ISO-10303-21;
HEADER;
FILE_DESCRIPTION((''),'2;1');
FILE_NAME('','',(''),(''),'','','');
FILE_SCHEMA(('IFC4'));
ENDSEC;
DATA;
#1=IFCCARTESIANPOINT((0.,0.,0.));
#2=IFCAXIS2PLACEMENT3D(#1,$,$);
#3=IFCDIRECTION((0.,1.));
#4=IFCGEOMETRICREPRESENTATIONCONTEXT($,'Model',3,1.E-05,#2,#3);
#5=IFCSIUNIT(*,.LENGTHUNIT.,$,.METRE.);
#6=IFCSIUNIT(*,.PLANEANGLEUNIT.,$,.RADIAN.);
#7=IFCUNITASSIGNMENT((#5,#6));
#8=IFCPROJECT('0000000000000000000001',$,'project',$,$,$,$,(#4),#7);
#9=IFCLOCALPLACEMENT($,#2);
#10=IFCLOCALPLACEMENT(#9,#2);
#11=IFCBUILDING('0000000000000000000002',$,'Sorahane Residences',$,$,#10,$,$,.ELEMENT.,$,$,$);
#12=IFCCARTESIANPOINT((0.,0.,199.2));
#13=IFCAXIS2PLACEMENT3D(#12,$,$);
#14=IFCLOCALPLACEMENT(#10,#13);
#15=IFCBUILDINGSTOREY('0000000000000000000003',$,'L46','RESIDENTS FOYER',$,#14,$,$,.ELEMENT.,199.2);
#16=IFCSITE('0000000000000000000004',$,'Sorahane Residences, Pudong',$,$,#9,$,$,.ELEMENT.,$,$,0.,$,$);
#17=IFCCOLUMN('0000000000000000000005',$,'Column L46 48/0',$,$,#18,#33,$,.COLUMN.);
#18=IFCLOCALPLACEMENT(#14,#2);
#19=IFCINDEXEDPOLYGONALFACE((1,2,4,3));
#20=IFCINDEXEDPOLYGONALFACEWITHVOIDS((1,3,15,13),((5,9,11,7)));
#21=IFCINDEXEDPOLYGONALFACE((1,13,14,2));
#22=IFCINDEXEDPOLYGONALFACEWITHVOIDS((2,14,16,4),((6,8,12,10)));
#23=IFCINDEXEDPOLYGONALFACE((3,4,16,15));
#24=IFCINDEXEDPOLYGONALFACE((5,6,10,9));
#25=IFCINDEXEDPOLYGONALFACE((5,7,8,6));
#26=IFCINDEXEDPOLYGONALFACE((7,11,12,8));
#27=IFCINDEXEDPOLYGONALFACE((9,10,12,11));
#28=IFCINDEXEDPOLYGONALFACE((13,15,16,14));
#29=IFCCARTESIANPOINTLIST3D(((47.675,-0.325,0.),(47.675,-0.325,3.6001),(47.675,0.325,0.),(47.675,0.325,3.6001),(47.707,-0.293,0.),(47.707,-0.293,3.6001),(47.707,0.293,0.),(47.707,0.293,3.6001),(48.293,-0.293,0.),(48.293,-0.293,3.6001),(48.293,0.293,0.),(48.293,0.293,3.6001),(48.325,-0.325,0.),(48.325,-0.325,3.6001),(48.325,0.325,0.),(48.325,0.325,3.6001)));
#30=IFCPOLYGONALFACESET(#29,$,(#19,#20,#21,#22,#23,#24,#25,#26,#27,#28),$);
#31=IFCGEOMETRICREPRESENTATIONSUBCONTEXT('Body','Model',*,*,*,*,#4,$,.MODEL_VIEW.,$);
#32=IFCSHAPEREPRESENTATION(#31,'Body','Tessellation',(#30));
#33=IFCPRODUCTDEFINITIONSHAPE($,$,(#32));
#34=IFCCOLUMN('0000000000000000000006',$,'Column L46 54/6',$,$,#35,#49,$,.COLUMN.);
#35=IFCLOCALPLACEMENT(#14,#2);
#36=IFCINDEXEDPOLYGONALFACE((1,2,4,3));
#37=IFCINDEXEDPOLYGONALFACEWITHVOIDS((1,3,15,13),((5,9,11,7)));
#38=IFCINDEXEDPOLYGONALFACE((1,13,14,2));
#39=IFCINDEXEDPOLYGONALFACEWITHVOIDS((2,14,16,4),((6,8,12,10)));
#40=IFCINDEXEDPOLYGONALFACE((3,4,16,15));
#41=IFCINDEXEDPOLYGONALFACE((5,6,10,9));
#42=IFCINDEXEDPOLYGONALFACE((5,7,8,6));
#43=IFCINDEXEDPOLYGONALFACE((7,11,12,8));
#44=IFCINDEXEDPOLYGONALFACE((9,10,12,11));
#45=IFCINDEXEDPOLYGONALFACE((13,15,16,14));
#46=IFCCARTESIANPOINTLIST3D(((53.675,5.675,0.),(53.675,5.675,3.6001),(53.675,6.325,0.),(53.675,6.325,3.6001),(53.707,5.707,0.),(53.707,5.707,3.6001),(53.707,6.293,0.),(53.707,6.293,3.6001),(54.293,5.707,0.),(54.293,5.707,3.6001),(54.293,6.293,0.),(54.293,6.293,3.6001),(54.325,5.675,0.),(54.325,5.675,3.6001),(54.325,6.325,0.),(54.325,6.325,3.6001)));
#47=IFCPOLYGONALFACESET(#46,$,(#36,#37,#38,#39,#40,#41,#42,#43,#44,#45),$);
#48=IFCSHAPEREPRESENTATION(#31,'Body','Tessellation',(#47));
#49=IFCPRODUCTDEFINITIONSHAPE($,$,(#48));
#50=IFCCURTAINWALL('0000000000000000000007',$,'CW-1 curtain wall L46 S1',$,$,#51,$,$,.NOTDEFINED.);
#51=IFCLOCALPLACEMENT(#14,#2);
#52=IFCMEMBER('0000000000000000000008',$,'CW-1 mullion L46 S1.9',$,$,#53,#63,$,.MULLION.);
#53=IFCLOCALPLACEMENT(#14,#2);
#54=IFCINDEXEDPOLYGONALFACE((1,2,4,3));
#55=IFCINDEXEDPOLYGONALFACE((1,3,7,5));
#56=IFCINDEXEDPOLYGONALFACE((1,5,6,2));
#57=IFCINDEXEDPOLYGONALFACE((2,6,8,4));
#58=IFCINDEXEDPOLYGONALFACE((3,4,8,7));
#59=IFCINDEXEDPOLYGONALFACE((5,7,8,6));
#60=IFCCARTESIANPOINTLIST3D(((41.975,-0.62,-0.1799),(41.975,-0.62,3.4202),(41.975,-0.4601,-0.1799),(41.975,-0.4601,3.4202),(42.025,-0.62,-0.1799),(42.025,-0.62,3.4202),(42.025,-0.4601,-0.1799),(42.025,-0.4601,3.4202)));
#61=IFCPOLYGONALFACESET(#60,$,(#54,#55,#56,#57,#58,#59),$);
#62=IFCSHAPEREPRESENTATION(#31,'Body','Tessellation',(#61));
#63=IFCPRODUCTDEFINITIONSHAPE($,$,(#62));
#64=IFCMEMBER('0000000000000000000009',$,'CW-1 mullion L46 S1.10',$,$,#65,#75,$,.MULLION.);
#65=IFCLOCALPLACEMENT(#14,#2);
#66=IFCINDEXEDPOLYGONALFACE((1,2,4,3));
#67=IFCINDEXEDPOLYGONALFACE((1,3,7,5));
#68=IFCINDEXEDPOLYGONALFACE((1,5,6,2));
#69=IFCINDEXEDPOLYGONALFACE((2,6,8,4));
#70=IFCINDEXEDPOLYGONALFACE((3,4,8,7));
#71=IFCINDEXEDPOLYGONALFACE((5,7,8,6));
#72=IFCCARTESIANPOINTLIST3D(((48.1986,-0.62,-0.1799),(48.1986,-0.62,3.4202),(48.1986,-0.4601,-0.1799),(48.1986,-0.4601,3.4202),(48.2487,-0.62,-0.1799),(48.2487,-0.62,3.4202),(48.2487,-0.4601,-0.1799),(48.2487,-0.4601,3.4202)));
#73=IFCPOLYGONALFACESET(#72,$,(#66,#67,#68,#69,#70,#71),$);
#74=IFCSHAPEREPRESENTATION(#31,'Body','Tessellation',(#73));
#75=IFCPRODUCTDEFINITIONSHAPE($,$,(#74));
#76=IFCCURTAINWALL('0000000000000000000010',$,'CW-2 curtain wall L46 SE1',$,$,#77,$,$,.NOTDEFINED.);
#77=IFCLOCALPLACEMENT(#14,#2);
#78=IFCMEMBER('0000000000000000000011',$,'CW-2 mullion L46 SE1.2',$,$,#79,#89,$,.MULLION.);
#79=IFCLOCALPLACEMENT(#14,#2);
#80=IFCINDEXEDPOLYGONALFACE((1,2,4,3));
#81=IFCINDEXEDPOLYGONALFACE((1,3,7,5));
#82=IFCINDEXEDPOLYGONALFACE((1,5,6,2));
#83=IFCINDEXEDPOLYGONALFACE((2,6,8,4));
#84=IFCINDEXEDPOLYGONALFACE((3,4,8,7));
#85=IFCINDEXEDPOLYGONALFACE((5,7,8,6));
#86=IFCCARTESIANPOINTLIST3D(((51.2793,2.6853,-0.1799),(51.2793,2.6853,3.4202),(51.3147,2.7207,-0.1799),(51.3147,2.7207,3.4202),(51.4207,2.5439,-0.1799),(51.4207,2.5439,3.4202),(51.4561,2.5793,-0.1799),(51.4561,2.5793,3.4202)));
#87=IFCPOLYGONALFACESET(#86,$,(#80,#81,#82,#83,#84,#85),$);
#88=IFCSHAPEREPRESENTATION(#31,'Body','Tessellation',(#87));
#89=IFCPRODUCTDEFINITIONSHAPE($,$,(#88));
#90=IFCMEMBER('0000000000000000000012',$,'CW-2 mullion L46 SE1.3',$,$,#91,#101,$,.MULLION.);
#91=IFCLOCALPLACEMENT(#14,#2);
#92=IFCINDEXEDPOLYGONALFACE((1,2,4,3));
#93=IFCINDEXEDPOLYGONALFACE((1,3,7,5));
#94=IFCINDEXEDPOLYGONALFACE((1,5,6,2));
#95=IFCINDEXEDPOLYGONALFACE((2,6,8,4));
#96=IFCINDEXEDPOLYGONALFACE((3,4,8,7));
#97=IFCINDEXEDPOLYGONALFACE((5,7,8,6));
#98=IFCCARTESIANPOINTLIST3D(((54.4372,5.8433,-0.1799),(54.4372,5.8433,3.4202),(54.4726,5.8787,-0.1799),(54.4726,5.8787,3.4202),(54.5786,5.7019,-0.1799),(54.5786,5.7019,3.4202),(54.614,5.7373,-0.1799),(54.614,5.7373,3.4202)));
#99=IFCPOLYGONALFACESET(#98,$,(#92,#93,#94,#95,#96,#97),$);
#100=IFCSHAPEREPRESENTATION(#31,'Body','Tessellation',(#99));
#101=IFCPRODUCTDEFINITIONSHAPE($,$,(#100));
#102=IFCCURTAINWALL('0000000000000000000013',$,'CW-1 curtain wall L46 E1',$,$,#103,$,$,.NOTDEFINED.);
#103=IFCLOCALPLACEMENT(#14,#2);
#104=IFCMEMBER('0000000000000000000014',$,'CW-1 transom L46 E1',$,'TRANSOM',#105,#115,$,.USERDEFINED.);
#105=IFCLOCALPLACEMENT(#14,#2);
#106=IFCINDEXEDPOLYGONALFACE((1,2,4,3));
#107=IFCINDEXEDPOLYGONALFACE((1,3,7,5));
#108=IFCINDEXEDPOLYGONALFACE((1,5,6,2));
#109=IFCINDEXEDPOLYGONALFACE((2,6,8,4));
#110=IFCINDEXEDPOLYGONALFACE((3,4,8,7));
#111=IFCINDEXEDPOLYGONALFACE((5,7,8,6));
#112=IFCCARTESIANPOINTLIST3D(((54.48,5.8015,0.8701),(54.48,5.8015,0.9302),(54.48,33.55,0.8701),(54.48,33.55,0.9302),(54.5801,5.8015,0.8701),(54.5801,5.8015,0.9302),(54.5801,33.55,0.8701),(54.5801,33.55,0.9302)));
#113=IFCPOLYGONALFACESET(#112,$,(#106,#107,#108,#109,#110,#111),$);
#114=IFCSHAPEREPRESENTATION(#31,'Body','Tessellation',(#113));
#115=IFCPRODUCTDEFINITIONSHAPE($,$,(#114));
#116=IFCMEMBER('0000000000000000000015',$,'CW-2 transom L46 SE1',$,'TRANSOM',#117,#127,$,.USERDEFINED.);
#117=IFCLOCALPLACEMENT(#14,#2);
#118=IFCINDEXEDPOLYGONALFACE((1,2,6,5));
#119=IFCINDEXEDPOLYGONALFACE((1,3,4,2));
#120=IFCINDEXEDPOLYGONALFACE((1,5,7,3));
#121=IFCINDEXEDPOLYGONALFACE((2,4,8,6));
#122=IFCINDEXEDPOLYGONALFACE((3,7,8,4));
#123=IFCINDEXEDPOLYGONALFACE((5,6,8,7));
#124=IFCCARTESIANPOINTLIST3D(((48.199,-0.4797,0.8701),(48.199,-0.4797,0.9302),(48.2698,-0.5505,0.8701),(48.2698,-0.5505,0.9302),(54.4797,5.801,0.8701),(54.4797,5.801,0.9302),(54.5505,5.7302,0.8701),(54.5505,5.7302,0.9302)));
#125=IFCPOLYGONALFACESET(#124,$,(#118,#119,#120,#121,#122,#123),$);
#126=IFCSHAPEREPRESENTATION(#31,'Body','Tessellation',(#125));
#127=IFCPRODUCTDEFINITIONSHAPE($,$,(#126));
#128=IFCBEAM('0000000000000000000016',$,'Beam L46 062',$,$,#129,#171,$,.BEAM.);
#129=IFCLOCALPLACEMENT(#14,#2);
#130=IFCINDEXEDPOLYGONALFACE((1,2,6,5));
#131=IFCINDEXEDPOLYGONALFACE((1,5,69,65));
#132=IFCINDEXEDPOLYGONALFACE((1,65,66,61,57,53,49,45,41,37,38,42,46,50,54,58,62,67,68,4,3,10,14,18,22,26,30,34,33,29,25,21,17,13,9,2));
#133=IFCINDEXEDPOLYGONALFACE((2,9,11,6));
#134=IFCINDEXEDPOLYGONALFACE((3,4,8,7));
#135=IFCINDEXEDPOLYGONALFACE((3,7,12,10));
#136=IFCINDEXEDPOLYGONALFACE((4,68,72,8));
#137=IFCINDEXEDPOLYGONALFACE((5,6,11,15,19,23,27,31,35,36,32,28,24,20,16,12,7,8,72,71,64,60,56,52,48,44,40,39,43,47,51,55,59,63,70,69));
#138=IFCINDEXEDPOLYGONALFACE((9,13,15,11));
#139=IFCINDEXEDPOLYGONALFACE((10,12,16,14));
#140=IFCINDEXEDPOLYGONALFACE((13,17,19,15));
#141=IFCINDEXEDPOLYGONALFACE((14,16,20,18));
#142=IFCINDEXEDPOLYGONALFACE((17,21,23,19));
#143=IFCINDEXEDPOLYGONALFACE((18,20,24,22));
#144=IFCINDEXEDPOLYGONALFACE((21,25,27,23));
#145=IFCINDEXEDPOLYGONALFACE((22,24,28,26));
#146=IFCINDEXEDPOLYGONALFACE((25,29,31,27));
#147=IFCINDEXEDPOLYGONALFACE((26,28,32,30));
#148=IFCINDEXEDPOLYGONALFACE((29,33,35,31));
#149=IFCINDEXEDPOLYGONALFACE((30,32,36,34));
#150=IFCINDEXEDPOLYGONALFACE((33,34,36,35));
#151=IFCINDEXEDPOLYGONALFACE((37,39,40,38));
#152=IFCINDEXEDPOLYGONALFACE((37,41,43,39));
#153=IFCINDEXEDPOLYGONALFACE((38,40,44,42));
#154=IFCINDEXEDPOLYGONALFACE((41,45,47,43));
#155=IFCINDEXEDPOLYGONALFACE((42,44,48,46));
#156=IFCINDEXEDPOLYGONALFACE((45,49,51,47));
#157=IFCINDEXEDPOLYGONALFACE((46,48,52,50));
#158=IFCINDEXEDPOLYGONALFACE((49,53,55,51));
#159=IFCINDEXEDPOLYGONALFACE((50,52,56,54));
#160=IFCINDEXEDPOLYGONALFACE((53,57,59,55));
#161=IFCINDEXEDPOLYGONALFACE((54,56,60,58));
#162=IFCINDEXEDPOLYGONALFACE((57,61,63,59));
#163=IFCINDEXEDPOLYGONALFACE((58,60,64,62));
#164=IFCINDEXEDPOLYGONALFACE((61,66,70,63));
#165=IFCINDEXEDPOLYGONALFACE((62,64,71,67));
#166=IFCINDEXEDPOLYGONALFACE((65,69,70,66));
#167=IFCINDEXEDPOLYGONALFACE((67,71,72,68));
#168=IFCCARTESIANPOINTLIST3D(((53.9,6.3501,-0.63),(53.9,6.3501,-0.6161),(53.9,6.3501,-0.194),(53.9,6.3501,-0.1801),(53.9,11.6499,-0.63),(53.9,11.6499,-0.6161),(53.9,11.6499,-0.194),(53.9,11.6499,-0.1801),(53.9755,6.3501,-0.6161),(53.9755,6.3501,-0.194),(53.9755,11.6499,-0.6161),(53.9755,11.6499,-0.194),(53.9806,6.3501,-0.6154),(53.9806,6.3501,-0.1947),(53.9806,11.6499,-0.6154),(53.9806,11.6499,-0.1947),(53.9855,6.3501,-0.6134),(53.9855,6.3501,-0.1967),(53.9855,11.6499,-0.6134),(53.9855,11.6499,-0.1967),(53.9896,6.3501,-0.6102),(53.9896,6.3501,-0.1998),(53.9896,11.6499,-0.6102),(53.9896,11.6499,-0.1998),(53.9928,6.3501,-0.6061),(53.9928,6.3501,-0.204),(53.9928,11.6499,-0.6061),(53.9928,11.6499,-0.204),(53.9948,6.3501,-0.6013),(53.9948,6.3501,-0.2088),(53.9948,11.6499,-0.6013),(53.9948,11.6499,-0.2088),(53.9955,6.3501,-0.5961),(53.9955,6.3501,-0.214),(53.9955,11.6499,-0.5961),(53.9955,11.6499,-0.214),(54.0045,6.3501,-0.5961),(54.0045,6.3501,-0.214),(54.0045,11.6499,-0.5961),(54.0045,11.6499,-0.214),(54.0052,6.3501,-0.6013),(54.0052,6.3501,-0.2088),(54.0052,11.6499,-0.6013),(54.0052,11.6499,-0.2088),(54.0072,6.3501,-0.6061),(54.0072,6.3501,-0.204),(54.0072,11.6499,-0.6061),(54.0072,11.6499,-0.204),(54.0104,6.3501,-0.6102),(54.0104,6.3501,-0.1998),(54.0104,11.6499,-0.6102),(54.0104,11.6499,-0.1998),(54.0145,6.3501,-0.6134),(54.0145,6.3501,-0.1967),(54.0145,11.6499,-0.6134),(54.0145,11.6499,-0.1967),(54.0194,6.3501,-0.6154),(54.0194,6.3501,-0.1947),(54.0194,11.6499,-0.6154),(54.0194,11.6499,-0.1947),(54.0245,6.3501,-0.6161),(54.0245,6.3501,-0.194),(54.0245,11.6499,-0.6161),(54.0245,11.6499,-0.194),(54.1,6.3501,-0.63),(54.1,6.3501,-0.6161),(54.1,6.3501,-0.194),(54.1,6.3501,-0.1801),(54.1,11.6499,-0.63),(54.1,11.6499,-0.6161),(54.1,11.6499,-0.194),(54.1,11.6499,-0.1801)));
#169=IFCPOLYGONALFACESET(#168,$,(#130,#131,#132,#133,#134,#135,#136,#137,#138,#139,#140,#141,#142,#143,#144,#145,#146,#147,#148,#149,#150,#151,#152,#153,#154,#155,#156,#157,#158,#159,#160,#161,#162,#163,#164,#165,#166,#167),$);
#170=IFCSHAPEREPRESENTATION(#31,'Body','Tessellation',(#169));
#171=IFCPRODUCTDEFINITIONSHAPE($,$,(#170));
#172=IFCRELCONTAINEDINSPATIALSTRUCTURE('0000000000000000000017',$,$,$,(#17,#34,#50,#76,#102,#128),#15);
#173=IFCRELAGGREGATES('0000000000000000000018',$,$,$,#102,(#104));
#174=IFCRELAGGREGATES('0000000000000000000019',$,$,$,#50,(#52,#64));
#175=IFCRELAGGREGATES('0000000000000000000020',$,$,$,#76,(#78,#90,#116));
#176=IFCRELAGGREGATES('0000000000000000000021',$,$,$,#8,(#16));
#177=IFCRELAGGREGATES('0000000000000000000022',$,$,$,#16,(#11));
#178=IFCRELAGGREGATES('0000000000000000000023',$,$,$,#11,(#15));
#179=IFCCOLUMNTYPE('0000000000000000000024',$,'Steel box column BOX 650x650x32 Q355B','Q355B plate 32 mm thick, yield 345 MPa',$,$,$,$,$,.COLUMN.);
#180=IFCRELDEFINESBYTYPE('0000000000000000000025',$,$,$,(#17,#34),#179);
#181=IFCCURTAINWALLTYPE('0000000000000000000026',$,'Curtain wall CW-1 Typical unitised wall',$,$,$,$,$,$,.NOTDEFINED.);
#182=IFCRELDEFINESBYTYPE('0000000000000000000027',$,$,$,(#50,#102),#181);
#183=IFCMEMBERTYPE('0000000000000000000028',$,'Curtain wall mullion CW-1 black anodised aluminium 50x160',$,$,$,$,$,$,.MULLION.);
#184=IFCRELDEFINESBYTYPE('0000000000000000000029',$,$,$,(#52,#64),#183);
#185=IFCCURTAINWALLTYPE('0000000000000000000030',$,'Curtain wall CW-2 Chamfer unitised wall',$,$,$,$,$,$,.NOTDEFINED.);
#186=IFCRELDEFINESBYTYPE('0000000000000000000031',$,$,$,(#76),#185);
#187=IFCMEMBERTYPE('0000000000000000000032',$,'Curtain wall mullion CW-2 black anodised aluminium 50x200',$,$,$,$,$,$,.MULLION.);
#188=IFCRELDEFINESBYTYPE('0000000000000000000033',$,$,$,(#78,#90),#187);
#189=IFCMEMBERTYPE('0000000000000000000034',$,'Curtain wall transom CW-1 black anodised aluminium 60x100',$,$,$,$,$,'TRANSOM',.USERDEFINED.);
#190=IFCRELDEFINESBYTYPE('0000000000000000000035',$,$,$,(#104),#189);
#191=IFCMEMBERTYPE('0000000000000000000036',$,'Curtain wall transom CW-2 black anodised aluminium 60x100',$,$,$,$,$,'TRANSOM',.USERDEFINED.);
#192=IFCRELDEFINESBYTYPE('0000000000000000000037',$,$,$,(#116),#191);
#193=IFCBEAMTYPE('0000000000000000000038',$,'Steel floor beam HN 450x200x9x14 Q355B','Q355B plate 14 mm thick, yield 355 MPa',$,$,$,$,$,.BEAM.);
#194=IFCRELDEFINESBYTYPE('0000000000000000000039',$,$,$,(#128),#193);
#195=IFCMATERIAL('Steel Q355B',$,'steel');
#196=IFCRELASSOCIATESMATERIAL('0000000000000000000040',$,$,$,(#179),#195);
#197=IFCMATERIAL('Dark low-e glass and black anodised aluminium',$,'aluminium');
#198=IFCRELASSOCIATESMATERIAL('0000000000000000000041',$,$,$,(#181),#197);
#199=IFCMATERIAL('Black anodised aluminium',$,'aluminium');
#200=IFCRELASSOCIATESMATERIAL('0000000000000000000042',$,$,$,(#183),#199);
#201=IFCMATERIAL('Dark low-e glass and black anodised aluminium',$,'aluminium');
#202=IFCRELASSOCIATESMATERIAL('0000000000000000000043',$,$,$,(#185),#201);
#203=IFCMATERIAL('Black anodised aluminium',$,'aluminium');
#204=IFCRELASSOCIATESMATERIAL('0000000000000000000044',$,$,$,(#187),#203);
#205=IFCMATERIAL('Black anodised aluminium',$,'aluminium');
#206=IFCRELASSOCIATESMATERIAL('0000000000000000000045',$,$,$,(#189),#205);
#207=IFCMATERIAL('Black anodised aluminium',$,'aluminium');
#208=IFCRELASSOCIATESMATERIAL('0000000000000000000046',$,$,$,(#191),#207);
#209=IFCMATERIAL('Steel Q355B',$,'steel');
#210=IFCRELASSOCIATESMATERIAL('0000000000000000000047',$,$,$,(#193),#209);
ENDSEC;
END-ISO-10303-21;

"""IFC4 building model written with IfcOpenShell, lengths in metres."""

from ifc_helpers import new_model, si_unit, direction, frame, origin, origin_2d, place, context, subcontext, project, spatial, rectangle, hollow_rectangle, i_section, extrude, material, material_profile, profile_set, type_object, element, aggregate, save


model = new_model("IFC4")

# Units and contexts
model_context = context("Model", 3, precision=1e-05, world=origin(), true_north=direction((0.0, 1.0)))
body_context = subcontext(model_context, "Body", "Model", "MODEL_VIEW")
ifc_project = project(units=[si_unit("LENGTHUNIT", "METRE"), si_unit("PLANEANGLEUNIT", "RADIAN")], contexts=[model_context])

# Site, building, storey
site_placement = place(None, origin())
site = spatial("IfcSite", under=ifc_project, at=site_placement, Name="Sorahane Residences, Pudong", CompositionType="ELEMENT", RefElevation=0.0)
building_placement = place(site_placement, origin())
building = spatial("IfcBuilding", under=site, at=building_placement, Name="Sorahane Residences", CompositionType="ELEMENT")
storey_placement = place(building_placement, frame((0.0, 0.0, 199.2)))
storey = spatial("IfcBuildingStorey", under=building, at=storey_placement, Name="L46", Description="RESIDENTS FOYER", CompositionType="ELEMENT", Elevation=199.2)

# Columns
ifc_material_1 = material(Name="Steel Q355B", Category="steel")
ifc_material_profile_1 = material_profile(ifc_material_1, hollow_rectangle(XDim=0.6499, YDim=0.6499, WallThickness=0.032, at=origin_2d()), Name="BOX 650x650x32")
ifc_profile_set_1 = profile_set([ifc_material_profile_1], Name="Steel Q355B")
column_type = type_object("IfcColumnType", Name="Steel box column BOX 650x650x32 Q355B", Description="Q355B plate 32 mm thick, yield 345 MPa", PredefinedType="COLUMN", material=ifc_profile_set_1)
for number, where, z_axis, x_axis, name in (
    (1, (48.0, 0.0, 0.0), (0.0, 0.0, 1.0), (1.0, 0.0, 0.0), "Column L46 48/0"),
    (2, (54.0, 6.0, 0.0), (0.0, 0.0, 1.0), (1.0, 0.0, 0.0), "Column L46 54/6"),
):
    element("IfcColumn", number, at=place(storey_placement, frame(where, z_axis=z_axis, x_axis=x_axis)), inside=storey, type_object=column_type, Name=name, PredefinedType="COLUMN", context=body_context, shape_type="SweptSolid", body=[
        extrude(hollow_rectangle(XDim=0.6499, YDim=0.6499, WallThickness=0.032, at=origin_2d()), origin(), (0.0, 0.0, 1.0), 3.6001),
    ])

# Curtain walls, members
ifc_material_2 = material(Name="Dark low-e glass and black anodised aluminium", Category="aluminium")
curtain_wall_type_1 = type_object("IfcCurtainWallType", Name="Curtain wall CW-1 Typical unitised wall", PredefinedType="NOTDEFINED", material=ifc_material_2)
curtain_wall_1_placement = place(storey_placement, origin())
curtain_wall_1 = element("IfcCurtainWall", 3, at=curtain_wall_1_placement, inside=storey, type_object=curtain_wall_type_1, Name="CW-1 curtain wall L46 S1", PredefinedType="NOTDEFINED")
ifc_material_3 = material(Name="Black anodised aluminium", Category="aluminium")
ifc_material_profile_2 = material_profile(ifc_material_3, rectangle(XDim=0.1599, YDim=0.05, at=origin_2d()), Name="Curtain wall mullion CW-1 black anodised aluminium 50x160")
ifc_profile_set_2 = profile_set([ifc_material_profile_2], Name="Black anodised aluminium")
member_type_1 = type_object("IfcMemberType", Name="Curtain wall mullion CW-1 black anodised aluminium 50x160", PredefinedType="MULLION", material=ifc_profile_set_2)
member_1_placement = place(storey_placement, frame((42.0, -0.54, -0.1799), z_axis=(0.0, 0.0, 1.0), x_axis=(0.0, -1.0, 0.0)))
member_1 = element("IfcMember", 4, at=member_1_placement, type_object=member_type_1, Name="CW-1 mullion L46 S1.9", PredefinedType="MULLION", context=body_context, shape_type="SweptSolid", body=[
    extrude(rectangle(XDim=0.1599, YDim=0.05, at=origin_2d()), origin(), (0.0, 0.0, 1.0), 3.6001),
])
member_2_placement = place(storey_placement, frame((48.2236, -0.54, -0.1799), z_axis=(0.0, 0.0, 1.0), x_axis=(0.0, -1.0, 0.0)))
member_2 = element("IfcMember", 5, at=member_2_placement, type_object=member_type_1, Name="CW-1 mullion L46 S1.10", PredefinedType="MULLION", context=body_context, shape_type="SweptSolid", body=[
    extrude(rectangle(XDim=0.1599, YDim=0.05, at=origin_2d()), origin(), (0.0, 0.0, 1.0), 3.6001),
])
ifc_material_4 = material(Name="Dark low-e glass and black anodised aluminium", Category="aluminium")
curtain_wall_type_2 = type_object("IfcCurtainWallType", Name="Curtain wall CW-2 Chamfer unitised wall", PredefinedType="NOTDEFINED", material=ifc_material_4)
curtain_wall_2_placement = place(storey_placement, origin())
curtain_wall_2 = element("IfcCurtainWall", 6, at=curtain_wall_2_placement, inside=storey, type_object=curtain_wall_type_2, Name="CW-2 curtain wall L46 SE1", PredefinedType="NOTDEFINED")
ifc_material_5 = material(Name="Black anodised aluminium", Category="aluminium")
ifc_material_profile_3 = material_profile(ifc_material_5, rectangle(XDim=0.2, YDim=0.05, at=origin_2d()), Name="Curtain wall mullion CW-2 black anodised aluminium 50x200")
ifc_profile_set_3 = profile_set([ifc_material_profile_3], Name="Black anodised aluminium")
member_type_2 = type_object("IfcMemberType", Name="Curtain wall mullion CW-2 black anodised aluminium 50x200", PredefinedType="MULLION", material=ifc_profile_set_3)
member_3_placement = place(storey_placement, frame((51.3677, 2.6323, -0.1799), z_axis=(0.0, 0.0, 1.0), x_axis=(0.707107, -0.707107, 0.0)))
member_3 = element("IfcMember", 7, at=member_3_placement, type_object=member_type_2, Name="CW-2 mullion L46 SE1.2", PredefinedType="MULLION", context=body_context, shape_type="SweptSolid", body=[
    extrude(rectangle(XDim=0.2, YDim=0.05, at=origin_2d()), origin(), (0.0, 0.0, 1.0), 3.6001),
])
member_4_placement = place(storey_placement, frame((54.5256, 5.7903, -0.1799), z_axis=(0.0, 0.0, 1.0), x_axis=(0.707107, -0.707107, 0.0)))
member_4 = element("IfcMember", 8, at=member_4_placement, type_object=member_type_2, Name="CW-2 mullion L46 SE1.3", PredefinedType="MULLION", context=body_context, shape_type="SweptSolid", body=[
    extrude(rectangle(XDim=0.2, YDim=0.05, at=origin_2d()), origin(), (0.0, 0.0, 1.0), 3.6001),
])

# Curtain wall, member
curtain_wall_3_placement = place(storey_placement, origin())
curtain_wall_3 = element("IfcCurtainWall", 9, at=curtain_wall_3_placement, inside=storey, type_object=curtain_wall_type_1, Name="CW-1 curtain wall L46 E1", PredefinedType="NOTDEFINED")
ifc_material_6 = material(Name="Black anodised aluminium", Category="aluminium")
ifc_material_profile_4 = material_profile(ifc_material_6, rectangle(XDim=0.1001, YDim=0.0601, at=origin_2d()), Name="Curtain wall transom CW-1 black anodised aluminium 60x100")
ifc_profile_set_4 = profile_set([ifc_material_profile_4], Name="Black anodised aluminium")
member_type_3 = type_object("IfcMemberType", Name="Curtain wall transom CW-1 black anodised aluminium 60x100", ElementType="TRANSOM", PredefinedType="USERDEFINED", material=ifc_profile_set_4)
member_5_placement = place(storey_placement, frame((54.53, 5.8015, 0.9001), z_axis=(0.0, 1.0, 0.0), x_axis=(-1.0, 0.0, 0.0)))
member_5 = element("IfcMember", 10, at=member_5_placement, type_object=member_type_3, Name="CW-1 transom L46 E1", ObjectType="TRANSOM", PredefinedType="USERDEFINED", context=body_context, shape_type="SweptSolid", body=[
    extrude(rectangle(XDim=0.1001, YDim=0.0601, at=origin_2d()), origin(), (0.0, 0.0, 1.0), 27.7485),
])

# Member
ifc_material_7 = material(Name="Black anodised aluminium", Category="aluminium")
ifc_material_profile_5 = material_profile(ifc_material_7, rectangle(XDim=0.1001, YDim=0.0601, at=origin_2d()), Name="Curtain wall transom CW-2 black anodised aluminium 60x100")
ifc_profile_set_5 = profile_set([ifc_material_profile_5], Name="Black anodised aluminium")
member_type_4 = type_object("IfcMemberType", Name="Curtain wall transom CW-2 black anodised aluminium 60x100", ElementType="TRANSOM", PredefinedType="USERDEFINED", material=ifc_profile_set_5)
member_6_placement = place(storey_placement, frame((48.2344, -0.5151, 0.9001), z_axis=(0.707107, 0.707107, 0.0), x_axis=(-0.707107, 0.707107, 0.0)))
member_6 = element("IfcMember", 11, at=member_6_placement, type_object=member_type_4, Name="CW-2 transom L46 SE1", ObjectType="TRANSOM", PredefinedType="USERDEFINED", context=body_context, shape_type="SweptSolid", body=[
    extrude(rectangle(XDim=0.1001, YDim=0.0601, at=origin_2d()), origin(), (0.0, 0.0, 1.0), 8.8823),
])

# Beam
ifc_material_8 = material(Name="Steel Q355B", Category="steel")
ifc_material_profile_6 = material_profile(ifc_material_8, i_section(OverallWidth=0.2, OverallDepth=0.45, WebThickness=0.009, FlangeThickness=0.0139, FilletRadius=0.02, at=origin_2d()), Name="HN 450x200x9x14")
ifc_profile_set_6 = profile_set([ifc_material_profile_6], Name="Steel Q355B")
beam_type_1 = type_object("IfcBeamType", Name="Steel floor beam HN 450x200x9x14 Q355B", Description="Q355B plate 14 mm thick, yield 355 MPa", PredefinedType="BEAM", material=ifc_profile_set_6)
beam_1_placement = place(storey_placement, frame((54.0, 6.3501, -0.405), z_axis=(0.0, 1.0, 0.0), x_axis=(-1.0, 0.0, 0.0)))
element("IfcBeam", 12, at=beam_1_placement, inside=storey, type_object=beam_type_1, Name="Beam L46 062", PredefinedType="BEAM", context=body_context, shape_type="SweptSolid", body=[
    extrude(i_section(OverallWidth=0.2, OverallDepth=0.45, WebThickness=0.009, FlangeThickness=0.0139, FilletRadius=0.02, at=origin_2d()), origin(), (0.0, 0.0, 1.0), 5.2998),
])

aggregate(curtain_wall_3, [member_5])
aggregate(curtain_wall_1, [member_1, member_2])
aggregate(curtain_wall_2, [member_3, member_4, member_6])

save(model, "model.ifc")
